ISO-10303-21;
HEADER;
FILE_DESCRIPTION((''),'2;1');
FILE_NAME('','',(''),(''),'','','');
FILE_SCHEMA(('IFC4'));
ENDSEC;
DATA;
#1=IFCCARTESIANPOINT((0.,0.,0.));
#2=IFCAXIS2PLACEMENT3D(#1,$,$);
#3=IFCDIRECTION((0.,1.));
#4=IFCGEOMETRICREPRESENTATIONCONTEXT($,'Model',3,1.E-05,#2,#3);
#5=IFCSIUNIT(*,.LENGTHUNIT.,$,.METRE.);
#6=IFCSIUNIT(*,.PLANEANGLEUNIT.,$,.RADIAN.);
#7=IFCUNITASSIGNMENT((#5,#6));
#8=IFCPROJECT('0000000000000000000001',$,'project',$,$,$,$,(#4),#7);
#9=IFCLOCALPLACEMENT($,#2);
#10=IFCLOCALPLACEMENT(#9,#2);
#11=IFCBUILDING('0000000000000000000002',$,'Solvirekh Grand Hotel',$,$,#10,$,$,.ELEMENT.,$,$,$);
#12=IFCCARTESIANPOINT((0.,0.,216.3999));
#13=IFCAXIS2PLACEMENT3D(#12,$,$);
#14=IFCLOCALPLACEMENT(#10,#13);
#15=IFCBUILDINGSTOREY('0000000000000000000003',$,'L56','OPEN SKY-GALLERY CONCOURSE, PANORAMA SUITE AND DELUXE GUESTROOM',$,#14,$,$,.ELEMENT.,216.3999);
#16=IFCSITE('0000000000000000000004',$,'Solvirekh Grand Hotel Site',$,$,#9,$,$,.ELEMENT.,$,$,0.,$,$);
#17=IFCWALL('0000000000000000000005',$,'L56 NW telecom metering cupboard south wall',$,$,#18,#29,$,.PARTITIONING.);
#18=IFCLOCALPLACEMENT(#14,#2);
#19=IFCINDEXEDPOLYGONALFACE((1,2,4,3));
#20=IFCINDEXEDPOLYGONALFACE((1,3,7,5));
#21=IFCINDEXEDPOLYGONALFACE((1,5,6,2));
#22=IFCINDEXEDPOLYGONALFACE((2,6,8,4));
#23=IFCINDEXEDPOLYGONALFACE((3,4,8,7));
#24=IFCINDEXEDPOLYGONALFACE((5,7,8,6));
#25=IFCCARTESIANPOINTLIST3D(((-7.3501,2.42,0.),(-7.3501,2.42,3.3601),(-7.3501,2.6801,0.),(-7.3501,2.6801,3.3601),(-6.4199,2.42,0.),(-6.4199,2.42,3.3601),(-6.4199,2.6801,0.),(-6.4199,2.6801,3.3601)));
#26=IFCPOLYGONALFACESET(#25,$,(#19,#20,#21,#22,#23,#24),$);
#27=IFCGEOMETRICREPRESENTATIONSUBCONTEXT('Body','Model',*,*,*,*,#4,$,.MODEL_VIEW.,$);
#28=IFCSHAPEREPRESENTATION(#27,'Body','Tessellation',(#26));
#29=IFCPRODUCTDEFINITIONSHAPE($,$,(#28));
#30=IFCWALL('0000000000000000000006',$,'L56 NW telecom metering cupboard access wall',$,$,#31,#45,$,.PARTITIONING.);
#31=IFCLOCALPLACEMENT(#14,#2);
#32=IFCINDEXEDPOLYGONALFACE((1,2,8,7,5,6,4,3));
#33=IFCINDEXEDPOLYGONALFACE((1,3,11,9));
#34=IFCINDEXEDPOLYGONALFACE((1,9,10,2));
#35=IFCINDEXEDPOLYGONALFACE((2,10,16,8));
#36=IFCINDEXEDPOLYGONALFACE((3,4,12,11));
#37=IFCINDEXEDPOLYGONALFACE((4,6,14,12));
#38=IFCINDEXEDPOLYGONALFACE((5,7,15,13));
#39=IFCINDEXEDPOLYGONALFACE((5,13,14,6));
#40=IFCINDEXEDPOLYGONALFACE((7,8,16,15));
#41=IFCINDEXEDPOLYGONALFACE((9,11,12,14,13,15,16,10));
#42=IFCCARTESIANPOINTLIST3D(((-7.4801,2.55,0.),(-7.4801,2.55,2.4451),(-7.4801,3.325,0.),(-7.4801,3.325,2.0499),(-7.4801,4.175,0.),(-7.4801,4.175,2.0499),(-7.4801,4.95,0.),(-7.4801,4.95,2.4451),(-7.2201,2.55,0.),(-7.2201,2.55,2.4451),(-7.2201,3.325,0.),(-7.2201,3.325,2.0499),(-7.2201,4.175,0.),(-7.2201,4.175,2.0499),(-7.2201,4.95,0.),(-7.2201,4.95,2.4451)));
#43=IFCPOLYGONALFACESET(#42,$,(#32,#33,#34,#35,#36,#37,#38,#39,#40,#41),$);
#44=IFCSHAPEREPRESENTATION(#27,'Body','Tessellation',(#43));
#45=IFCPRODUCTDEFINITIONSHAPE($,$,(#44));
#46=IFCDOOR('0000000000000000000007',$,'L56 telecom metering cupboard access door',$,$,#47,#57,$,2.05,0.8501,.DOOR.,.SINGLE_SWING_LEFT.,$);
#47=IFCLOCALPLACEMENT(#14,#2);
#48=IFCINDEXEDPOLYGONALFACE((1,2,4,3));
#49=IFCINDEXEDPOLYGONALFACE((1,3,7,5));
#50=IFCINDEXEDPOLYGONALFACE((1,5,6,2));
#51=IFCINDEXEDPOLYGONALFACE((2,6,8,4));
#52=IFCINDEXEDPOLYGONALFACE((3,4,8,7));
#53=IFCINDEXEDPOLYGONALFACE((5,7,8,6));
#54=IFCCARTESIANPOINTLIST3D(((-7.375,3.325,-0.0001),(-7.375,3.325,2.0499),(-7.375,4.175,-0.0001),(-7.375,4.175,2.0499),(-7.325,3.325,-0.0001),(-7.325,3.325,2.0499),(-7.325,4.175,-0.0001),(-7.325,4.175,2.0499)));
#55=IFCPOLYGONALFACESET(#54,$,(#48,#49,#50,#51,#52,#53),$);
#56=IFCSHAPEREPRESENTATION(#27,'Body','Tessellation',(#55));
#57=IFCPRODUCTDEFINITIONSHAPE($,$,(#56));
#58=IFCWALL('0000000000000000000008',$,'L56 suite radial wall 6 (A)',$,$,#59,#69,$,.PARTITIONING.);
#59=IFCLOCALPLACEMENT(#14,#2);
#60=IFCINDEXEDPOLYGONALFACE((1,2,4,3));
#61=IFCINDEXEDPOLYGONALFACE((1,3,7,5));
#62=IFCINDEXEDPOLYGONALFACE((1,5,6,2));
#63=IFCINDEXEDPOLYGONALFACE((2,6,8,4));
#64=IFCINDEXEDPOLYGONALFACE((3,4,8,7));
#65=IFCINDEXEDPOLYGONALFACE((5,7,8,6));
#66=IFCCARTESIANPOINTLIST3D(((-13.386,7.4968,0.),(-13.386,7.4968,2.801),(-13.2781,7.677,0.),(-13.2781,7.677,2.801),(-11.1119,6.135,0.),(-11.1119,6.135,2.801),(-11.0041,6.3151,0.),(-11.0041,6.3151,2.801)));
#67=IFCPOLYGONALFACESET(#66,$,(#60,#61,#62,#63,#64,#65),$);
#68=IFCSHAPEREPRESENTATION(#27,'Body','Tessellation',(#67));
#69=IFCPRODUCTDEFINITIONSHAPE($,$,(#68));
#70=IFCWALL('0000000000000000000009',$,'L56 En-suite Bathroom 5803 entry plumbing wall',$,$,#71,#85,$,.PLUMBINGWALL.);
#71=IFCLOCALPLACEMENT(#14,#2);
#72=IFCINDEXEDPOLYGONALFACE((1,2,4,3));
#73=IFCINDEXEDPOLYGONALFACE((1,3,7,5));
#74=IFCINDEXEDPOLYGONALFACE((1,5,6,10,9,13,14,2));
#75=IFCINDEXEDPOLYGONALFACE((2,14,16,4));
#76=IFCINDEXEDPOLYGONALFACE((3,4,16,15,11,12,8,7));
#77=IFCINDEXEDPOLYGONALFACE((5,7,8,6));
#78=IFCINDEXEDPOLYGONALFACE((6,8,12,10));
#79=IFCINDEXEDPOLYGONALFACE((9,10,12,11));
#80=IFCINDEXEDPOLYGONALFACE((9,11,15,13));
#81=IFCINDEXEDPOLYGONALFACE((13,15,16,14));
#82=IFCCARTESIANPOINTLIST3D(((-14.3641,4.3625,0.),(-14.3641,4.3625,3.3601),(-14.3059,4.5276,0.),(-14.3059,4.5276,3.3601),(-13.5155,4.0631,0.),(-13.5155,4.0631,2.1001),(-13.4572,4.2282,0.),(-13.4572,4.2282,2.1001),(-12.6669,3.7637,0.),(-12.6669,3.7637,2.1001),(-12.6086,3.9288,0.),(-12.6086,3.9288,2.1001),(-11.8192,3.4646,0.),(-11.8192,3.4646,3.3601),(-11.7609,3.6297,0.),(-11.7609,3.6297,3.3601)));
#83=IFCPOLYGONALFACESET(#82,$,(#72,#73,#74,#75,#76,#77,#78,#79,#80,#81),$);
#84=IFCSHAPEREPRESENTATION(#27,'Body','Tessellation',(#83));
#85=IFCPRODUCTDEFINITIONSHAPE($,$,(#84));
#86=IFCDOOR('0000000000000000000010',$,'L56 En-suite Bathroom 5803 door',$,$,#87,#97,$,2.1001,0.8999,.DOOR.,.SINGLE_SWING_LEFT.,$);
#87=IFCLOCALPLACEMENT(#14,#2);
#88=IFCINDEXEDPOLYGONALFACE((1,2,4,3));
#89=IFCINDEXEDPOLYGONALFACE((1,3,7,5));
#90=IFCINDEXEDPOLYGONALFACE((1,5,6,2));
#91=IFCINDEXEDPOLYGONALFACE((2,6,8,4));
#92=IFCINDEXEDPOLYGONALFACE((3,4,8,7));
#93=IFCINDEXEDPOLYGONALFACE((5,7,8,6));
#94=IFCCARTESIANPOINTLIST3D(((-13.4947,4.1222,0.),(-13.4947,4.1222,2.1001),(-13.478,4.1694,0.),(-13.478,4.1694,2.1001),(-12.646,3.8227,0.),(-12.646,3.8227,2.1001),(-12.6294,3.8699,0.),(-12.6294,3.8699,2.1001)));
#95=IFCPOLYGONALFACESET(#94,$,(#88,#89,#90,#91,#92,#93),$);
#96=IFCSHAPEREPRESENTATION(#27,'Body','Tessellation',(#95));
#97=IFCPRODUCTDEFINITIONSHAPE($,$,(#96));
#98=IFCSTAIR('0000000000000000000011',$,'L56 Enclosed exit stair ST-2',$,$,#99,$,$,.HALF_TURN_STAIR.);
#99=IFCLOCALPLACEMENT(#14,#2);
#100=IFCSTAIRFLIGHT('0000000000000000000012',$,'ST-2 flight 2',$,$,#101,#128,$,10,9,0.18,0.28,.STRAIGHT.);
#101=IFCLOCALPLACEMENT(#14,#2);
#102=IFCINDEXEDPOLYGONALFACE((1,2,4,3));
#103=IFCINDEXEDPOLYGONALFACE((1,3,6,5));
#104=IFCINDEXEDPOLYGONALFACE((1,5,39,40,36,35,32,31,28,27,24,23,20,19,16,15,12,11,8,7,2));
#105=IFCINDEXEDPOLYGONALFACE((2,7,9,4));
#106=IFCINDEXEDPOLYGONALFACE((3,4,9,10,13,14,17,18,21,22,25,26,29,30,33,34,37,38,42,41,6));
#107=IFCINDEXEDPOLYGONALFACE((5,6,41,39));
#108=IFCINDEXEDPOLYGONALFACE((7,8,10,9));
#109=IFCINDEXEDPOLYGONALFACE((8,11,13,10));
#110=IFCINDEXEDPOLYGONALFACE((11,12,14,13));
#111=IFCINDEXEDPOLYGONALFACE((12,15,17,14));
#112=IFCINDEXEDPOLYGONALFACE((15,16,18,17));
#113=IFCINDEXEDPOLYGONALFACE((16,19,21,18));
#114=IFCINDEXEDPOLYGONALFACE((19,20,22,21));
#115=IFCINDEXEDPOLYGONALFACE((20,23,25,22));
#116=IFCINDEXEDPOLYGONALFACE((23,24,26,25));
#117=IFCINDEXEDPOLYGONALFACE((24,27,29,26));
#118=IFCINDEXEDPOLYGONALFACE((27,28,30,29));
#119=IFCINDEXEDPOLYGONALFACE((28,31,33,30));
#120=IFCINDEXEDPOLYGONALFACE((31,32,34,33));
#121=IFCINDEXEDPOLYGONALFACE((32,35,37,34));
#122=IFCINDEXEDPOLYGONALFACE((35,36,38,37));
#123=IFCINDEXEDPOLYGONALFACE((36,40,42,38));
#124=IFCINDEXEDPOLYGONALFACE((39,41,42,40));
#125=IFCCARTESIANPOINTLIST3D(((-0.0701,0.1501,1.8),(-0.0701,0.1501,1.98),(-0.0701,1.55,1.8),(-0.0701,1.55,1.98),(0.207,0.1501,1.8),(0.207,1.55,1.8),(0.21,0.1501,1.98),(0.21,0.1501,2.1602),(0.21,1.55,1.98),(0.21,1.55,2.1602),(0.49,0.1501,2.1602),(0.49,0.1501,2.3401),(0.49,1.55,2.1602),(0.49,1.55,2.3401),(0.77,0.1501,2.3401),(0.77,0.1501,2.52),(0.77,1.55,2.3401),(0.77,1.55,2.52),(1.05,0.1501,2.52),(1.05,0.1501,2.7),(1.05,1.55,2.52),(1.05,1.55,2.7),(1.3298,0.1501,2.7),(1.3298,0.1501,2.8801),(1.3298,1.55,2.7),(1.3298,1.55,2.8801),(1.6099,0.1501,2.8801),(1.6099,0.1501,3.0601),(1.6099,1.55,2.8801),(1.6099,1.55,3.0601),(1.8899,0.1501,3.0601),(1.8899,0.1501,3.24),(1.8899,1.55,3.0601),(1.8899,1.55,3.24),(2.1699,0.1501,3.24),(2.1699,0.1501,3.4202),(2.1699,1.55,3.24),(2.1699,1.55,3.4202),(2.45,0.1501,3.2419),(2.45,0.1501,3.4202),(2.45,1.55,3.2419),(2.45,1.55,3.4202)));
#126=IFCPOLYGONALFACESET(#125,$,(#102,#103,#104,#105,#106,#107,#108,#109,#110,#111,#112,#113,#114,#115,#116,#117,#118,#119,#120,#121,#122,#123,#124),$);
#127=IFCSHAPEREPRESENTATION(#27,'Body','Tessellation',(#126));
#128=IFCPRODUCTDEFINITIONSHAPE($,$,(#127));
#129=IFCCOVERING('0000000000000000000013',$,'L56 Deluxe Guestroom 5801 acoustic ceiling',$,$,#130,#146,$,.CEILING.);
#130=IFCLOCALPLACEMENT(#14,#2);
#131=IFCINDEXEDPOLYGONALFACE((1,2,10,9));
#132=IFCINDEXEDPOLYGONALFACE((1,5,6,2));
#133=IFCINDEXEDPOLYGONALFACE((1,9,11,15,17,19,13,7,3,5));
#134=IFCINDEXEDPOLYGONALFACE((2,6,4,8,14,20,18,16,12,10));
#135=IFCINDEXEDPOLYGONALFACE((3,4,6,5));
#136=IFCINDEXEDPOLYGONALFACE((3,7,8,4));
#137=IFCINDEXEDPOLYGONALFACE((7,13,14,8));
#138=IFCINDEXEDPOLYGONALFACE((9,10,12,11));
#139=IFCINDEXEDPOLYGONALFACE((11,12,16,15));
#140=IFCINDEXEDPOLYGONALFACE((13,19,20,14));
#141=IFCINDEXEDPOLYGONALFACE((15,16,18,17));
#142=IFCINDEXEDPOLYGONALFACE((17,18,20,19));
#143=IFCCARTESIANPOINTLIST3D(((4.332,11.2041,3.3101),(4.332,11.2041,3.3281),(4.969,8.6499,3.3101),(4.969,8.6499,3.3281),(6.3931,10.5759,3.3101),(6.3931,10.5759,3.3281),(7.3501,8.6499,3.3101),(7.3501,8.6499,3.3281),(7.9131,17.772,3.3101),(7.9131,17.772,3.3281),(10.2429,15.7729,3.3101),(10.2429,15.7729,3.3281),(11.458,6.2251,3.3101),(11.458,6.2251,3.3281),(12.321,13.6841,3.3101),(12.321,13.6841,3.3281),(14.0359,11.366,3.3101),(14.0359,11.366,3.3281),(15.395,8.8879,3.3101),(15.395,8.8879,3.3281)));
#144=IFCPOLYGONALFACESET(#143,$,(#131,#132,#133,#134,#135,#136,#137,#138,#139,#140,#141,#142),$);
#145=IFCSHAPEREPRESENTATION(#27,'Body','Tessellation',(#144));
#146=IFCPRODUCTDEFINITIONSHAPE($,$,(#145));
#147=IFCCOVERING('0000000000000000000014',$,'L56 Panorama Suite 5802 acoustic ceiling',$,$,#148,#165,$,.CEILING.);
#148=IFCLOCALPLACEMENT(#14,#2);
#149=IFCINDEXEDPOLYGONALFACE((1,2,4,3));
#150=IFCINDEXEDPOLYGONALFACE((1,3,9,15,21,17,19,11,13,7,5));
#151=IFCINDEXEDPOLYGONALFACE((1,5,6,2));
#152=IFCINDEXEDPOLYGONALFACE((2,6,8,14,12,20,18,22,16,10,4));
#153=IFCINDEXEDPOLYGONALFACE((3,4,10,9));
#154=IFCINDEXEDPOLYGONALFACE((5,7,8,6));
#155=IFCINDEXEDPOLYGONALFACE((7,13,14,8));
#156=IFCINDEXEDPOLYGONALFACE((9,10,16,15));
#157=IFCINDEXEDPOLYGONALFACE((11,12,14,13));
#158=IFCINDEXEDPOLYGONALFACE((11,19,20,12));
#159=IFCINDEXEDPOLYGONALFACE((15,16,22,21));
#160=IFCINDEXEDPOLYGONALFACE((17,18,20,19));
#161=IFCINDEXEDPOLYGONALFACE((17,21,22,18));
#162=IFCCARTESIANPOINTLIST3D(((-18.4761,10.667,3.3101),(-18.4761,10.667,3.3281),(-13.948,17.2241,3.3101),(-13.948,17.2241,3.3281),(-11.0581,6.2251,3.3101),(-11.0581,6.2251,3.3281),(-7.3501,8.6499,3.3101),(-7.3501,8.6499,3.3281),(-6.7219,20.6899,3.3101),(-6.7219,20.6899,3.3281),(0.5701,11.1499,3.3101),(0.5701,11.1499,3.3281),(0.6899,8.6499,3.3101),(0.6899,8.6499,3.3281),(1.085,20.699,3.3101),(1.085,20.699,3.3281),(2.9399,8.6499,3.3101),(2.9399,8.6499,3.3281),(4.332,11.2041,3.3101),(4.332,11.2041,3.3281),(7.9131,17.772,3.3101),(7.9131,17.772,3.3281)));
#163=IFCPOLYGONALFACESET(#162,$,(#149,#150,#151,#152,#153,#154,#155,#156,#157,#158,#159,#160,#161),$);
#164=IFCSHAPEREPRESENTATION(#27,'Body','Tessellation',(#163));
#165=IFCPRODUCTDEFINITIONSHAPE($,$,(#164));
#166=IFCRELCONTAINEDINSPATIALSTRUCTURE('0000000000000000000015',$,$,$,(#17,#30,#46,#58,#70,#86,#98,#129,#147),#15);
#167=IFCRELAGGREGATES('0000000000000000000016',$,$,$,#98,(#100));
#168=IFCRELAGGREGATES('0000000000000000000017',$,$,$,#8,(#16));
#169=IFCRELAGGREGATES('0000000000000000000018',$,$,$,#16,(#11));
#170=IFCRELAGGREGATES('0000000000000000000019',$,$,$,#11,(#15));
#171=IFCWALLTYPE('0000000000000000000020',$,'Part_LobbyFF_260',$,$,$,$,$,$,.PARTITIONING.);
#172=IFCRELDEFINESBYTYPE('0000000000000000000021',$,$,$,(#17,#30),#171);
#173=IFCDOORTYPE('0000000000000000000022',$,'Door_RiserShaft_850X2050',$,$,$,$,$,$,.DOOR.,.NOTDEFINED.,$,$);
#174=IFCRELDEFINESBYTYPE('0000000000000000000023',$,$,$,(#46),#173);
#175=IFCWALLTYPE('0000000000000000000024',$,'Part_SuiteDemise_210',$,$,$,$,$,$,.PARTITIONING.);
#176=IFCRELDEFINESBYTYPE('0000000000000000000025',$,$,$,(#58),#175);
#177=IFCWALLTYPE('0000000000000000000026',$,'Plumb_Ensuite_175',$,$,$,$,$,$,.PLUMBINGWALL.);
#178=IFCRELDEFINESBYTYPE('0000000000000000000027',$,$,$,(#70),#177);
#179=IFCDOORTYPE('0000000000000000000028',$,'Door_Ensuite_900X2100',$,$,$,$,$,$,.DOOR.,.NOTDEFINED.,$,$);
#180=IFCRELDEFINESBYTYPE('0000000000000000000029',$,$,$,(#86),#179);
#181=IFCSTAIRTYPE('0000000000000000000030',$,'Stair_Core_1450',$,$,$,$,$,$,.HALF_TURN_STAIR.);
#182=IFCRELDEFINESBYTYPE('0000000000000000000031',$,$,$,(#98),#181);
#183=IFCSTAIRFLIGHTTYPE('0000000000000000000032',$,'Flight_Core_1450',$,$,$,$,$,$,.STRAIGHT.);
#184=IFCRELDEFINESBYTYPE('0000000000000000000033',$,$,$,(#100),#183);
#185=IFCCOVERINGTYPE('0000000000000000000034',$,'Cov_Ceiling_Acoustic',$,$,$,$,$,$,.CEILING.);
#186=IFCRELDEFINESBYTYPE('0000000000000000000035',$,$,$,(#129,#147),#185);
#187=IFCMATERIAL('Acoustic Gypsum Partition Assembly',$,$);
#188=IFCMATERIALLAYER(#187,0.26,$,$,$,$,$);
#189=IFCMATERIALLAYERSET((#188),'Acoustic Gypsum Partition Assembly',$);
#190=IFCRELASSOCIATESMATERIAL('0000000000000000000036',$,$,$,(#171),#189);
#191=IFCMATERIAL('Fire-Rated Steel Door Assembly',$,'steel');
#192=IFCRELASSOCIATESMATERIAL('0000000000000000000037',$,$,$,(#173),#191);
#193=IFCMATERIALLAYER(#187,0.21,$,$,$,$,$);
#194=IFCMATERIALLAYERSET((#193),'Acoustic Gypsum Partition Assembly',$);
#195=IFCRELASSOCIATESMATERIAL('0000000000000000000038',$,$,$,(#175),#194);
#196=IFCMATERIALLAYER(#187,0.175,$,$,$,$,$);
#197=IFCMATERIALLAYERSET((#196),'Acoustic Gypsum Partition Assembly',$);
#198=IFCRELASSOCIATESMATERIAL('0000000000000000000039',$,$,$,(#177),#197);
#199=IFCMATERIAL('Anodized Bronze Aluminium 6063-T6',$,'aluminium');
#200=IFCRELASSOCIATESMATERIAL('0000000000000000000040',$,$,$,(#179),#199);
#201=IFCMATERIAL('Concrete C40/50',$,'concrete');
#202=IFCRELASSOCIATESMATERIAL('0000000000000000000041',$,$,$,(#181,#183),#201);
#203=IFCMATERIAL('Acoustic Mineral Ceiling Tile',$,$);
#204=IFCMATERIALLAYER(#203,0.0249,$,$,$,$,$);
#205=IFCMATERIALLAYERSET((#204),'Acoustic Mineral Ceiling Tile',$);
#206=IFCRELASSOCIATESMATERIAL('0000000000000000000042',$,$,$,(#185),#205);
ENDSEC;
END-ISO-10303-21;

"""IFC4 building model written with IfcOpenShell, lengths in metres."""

from ifc_helpers import new_model, si_unit, direction, frame, frame_2d, origin, place, context, subcontext, project, spatial, polyline, rectangle, outline, extrude, material, layer, layer_set, type_object, element, fill, aggregate, save


model = new_model("IFC4")

# Units and contexts
model_context = context("Model", 3, precision=1e-05, world=origin(), true_north=direction((0.0, 1.0)))
body_context = subcontext(model_context, "Body", "Model", "MODEL_VIEW")
ifc_project = project(units=[si_unit("LENGTHUNIT", "METRE"), si_unit("PLANEANGLEUNIT", "RADIAN")], contexts=[model_context])

# Site, building, storey
site_placement = place(None, origin())
site = spatial("IfcSite", under=ifc_project, at=site_placement, Name="Solvirekh Grand Hotel Site", CompositionType="ELEMENT", RefElevation=0.0)
building_placement = place(site_placement, origin())
building = spatial("IfcBuilding", under=site, at=building_placement, Name="Solvirekh Grand Hotel", CompositionType="ELEMENT")
storey_placement = place(building_placement, frame((0.0, 0.0, 216.3999)))
storey = spatial("IfcBuildingStorey", under=building, at=storey_placement, Name="L56", Description="OPEN SKY-GALLERY CONCOURSE, PANORAMA SUITE AND DELUXE GUESTROOM", CompositionType="ELEMENT", Elevation=216.3999)

# Shared definitions
ifc_material_1 = material(Name="Concrete C40/50", Category="concrete")
ifc_material_2 = material(Name="Fire-Rated Steel Door Assembly", Category="steel")

# Shared definitions
ifc_material_3 = material(Name="Acoustic Gypsum Partition Assembly")

# Wall
ifc_layer_1 = layer(ifc_material_3, 0.26)
ifc_layer_set_1 = layer_set([ifc_layer_1], Name="Acoustic Gypsum Partition Assembly")
wall_type_1 = type_object("IfcWallType", Name="Part_LobbyFF_260", PredefinedType="PARTITIONING", material=ifc_layer_set_1)
for number, where, z_axis, x_axis, name in (
    (1, (-7.3501, 2.55, 0.0), (0.0, 0.0, 1.0), (1.0, 0.0, 0.0), "L56 NW telecom metering cupboard south wall"),
):
    element("IfcWall", number, at=place(storey_placement, frame(where, z_axis=z_axis, x_axis=x_axis)), inside=storey, type_object=wall_type_1, Name=name, PredefinedType="PARTITIONING", context=body_context, shape_type="SweptSolid", body=[
        extrude(rectangle(XDim=0.9302, YDim=0.26, at=frame_2d((0.4651, 0.0))), origin(), (0.0, 0.0, 1.0), 3.3601),
    ])

# Wall, opening, door
wall_1_placement = place(storey_placement, frame((-7.3501, 2.55, 0.0), z_axis=(0.0, 0.0, 1.0), x_axis=(0.0, 1.0, 0.0)))
wall_1 = element("IfcWall", 2, at=wall_1_placement, inside=storey, type_object=wall_type_1, Name="L56 NW telecom metering cupboard access wall", PredefinedType="PARTITIONING", context=body_context, shape_type="SweptSolid", body=[
    extrude(rectangle(XDim=2.3999, YDim=0.26, at=frame_2d((1.2, 0.0))), origin(), (0.0, 0.0, 1.0), 2.4451),
])
opening_1_placement = place(wall_1_placement, frame((0.7749, 0.0, 0.0)))
opening_1 = element("IfcOpeningElement", 3, at=opening_1_placement, cuts=wall_1, PredefinedType="OPENING", context=body_context, shape_type="SweptSolid", body=[
    extrude(rectangle(XDim=0.8501, YDim=2.05, at=frame_2d((0.425, 1.0249))), frame((0.0, 0.1401, 0.0), z_axis=(0.0, -1.0, 0.0), x_axis=(1.0, 0.0, 0.0)), (0.0, 0.0, 1.0), 0.28),
])
door_type_1 = type_object("IfcDoorType", Name="Door_RiserShaft_850X2050", OperationType="NOTDEFINED", PredefinedType="DOOR", material=ifc_material_2)
door_1_placement = place(opening_1_placement, origin())
door_1 = element("IfcDoor", 4, at=door_1_placement, inside=storey, type_object=door_type_1, Name="L56 telecom metering cupboard access door", OperationType="SINGLE_SWING_LEFT", OverallHeight=2.05, OverallWidth=0.8501, PredefinedType="DOOR", context=body_context, shape_type="SweptSolid", body=[
    extrude(rectangle(XDim=0.8501, YDim=2.05, at=frame_2d((0.425, 1.0249))), frame((0.0, 0.0249, 0.0), z_axis=(0.0, -1.0, 0.0), x_axis=(1.0, 0.0, 0.0)), (0.0, 0.0, 1.0), 0.05),
])
fill(opening_1, door_1)

# Wall
ifc_layer_2 = layer(ifc_material_3, 0.21)
ifc_layer_set_2 = layer_set([ifc_layer_2], Name="Acoustic Gypsum Partition Assembly")
wall_type_2 = type_object("IfcWallType", Name="Part_SuiteDemise_210", PredefinedType="PARTITIONING", material=ifc_layer_set_2)
wall_2_placement = place(storey_placement, frame((-11.0581, 6.2251, 0.0), z_axis=(0.0, 0.0, 1.0), x_axis=(-0.857915, 0.513791, 0.0)))
element("IfcWall", 5, at=wall_2_placement, inside=storey, type_object=wall_type_2, Name="L56 suite radial wall 6 (A)", PredefinedType="PARTITIONING", context=body_context, shape_type="SweptSolid", body=[
    extrude(rectangle(XDim=2.6506, YDim=0.21, at=frame_2d((1.3252, 0.0))), origin(), (0.0, 0.0, 1.0), 2.801),
])

# Wall, opening, door
ifc_layer_3 = layer(ifc_material_3, 0.175)
ifc_layer_set_3 = layer_set([ifc_layer_3], Name="Acoustic Gypsum Partition Assembly")
wall_type_3 = type_object("IfcWallType", Name="Plumb_Ensuite_175", PredefinedType="PLUMBINGWALL", material=ifc_layer_set_3)
wall_3_placement = place(storey_placement, frame((-11.79, 3.5471, 0.0), z_axis=(0.0, 0.0, 1.0), x_axis=(-0.94302, 0.332735, 0.0)))
wall_3 = element("IfcWall", 6, at=wall_3_placement, inside=storey, type_object=wall_type_3, Name="L56 En-suite Bathroom 5803 entry plumbing wall", PredefinedType="PLUMBINGWALL", context=body_context, shape_type="SweptSolid", body=[
    extrude(rectangle(XDim=2.6987, YDim=0.175, at=frame_2d((1.3494, 0.0))), origin(), (0.0, 0.0, 1.0), 3.3601),
])
opening_2_placement = place(wall_3_placement, frame((0.8989, 0.0, 0.0)))
opening_2 = element("IfcOpeningElement", 7, at=opening_2_placement, cuts=wall_3, PredefinedType="OPENING", context=body_context, shape_type="SweptSolid", body=[
    extrude(rectangle(XDim=0.8999, YDim=2.1001, at=frame_2d((0.45, 1.05))), frame((0.0, 0.0977, 0.0), z_axis=(0.0, -1.0, 0.0), x_axis=(1.0, 0.0, 0.0)), (0.0, 0.0, 1.0), 0.1951),
])
ifc_material_4 = material(Name="Anodized Bronze Aluminium 6063-T6", Category="aluminium")
door_type_2 = type_object("IfcDoorType", Name="Door_Ensuite_900X2100", OperationType="NOTDEFINED", PredefinedType="DOOR", material=ifc_material_4)
door_2_placement = place(opening_2_placement, origin())
door_2 = element("IfcDoor", 8, at=door_2_placement, inside=storey, type_object=door_type_2, Name="L56 En-suite Bathroom 5803 door", OperationType="SINGLE_SWING_LEFT", OverallHeight=2.1001, OverallWidth=0.8999, PredefinedType="DOOR", context=body_context, shape_type="SweptSolid", body=[
    extrude(rectangle(XDim=0.8999, YDim=2.1001, at=frame_2d((0.45, 1.05))), frame((0.0, 0.0249, 0.0), z_axis=(0.0, -1.0, 0.0), x_axis=(1.0, 0.0, 0.0)), (0.0, 0.0, 1.0), 0.05),
])
fill(opening_2, door_2)

# Stair, stair flight
stair_type = type_object("IfcStairType", Name="Stair_Core_1450", PredefinedType="HALF_TURN_STAIR", material=ifc_material_1)
stair_placement = place(storey_placement, origin())
stair = element("IfcStair", 9, at=stair_placement, inside=storey, type_object=stair_type, Name="L56 Enclosed exit stair ST-2", PredefinedType="HALF_TURN_STAIR")
stair_flight_type = type_object("IfcStairFlightType", Name="Flight_Core_1450", PredefinedType="STRAIGHT", material=ifc_material_1)
stair_flight_placement = place(storey_placement, frame((-0.0701, 0.8501, 1.8), z_axis=(0.0, 0.0, 1.0), x_axis=(1.0, 0.0, 0.0)))
stair_flight = element("IfcStairFlight", 10, at=stair_flight_placement, type_object=stair_flight_type, Name="ST-2 flight 2", NumberOfRisers=10, NumberOfTreads=9, PredefinedType="STRAIGHT", RiserHeight=0.18, TreadLength=0.28, context=body_context, shape_type="SweptSolid", body=[
    extrude(outline(polyline([(0.0, 0.0), (0.0, 0.1799), (0.28, 0.1799), (0.28, 0.3601), (0.5601, 0.3601), (0.5601, 0.54), (0.8401, 0.54), (0.8401, 0.72), (1.1201, 0.72), (1.1201, 0.8999), (1.3999, 0.8999), (1.3999, 1.0801), (1.6799, 1.0801), (1.6799, 1.26), (1.96, 1.26), (1.96, 1.4399), (2.24, 1.4399), (2.24, 1.6201), (2.52, 1.6201), (2.52, 1.8), (2.52, 1.4419), (0.2771, 0.0), (0.0, 0.0)])), frame((0.0, 0.7, 0.0), z_axis=(0.0, -1.0, 0.0), x_axis=(1.0, 0.0, 0.0)), (0.0, 0.0, 1.0), 1.3999),
])
aggregate(stair, [stair_flight])

# Coverings
ifc_material_5 = material(Name="Acoustic Mineral Ceiling Tile")
ifc_layer_4 = layer(ifc_material_5, 0.0249)
ifc_layer_set_4 = layer_set([ifc_layer_4], Name="Acoustic Mineral Ceiling Tile")
covering_type_1 = type_object("IfcCoveringType", Name="Cov_Ceiling_Acoustic", PredefinedType="CEILING", material=ifc_layer_set_4)
covering_1_placement = place(storey_placement, frame((0.0, 0.0, 3.3101)))
element("IfcCovering", 11, at=covering_1_placement, inside=storey, type_object=covering_type_1, Name="L56 Deluxe Guestroom 5801 acoustic ceiling", PredefinedType="CEILING", context=body_context, shape_type="SweptSolid", body=[
    extrude(outline(polyline([(4.332, 11.2041), (6.3931, 10.5759), (4.969, 8.6499), (7.3501, 8.6499), (11.458, 6.2251), (15.395, 8.8879), (14.0359, 11.366), (12.321, 13.6841), (10.2429, 15.7729), (7.9131, 17.772), (4.332, 11.2041)])), origin(), (0.0, 0.0, 1.0), 0.0181),
])
covering_2_placement = place(storey_placement, frame((0.0, 0.0, 3.3101)))
element("IfcCovering", 12, at=covering_2_placement, inside=storey, type_object=covering_type_1, Name="L56 Panorama Suite 5802 acoustic ceiling", PredefinedType="CEILING", context=body_context, shape_type="SweptSolid", body=[
    extrude(outline(polyline([(0.6899, 8.6499), (0.5701, 11.1499), (4.332, 11.2041), (2.9399, 8.6499), (7.9131, 17.772), (1.085, 20.699), (-6.7219, 20.6899), (-13.948, 17.2241), (-18.4761, 10.667), (-11.0581, 6.2251), (-7.3501, 8.6499), (0.6899, 8.6499)])), origin(), (0.0, 0.0, 1.0), 0.0181),
])

save(model, "model.ifc")
